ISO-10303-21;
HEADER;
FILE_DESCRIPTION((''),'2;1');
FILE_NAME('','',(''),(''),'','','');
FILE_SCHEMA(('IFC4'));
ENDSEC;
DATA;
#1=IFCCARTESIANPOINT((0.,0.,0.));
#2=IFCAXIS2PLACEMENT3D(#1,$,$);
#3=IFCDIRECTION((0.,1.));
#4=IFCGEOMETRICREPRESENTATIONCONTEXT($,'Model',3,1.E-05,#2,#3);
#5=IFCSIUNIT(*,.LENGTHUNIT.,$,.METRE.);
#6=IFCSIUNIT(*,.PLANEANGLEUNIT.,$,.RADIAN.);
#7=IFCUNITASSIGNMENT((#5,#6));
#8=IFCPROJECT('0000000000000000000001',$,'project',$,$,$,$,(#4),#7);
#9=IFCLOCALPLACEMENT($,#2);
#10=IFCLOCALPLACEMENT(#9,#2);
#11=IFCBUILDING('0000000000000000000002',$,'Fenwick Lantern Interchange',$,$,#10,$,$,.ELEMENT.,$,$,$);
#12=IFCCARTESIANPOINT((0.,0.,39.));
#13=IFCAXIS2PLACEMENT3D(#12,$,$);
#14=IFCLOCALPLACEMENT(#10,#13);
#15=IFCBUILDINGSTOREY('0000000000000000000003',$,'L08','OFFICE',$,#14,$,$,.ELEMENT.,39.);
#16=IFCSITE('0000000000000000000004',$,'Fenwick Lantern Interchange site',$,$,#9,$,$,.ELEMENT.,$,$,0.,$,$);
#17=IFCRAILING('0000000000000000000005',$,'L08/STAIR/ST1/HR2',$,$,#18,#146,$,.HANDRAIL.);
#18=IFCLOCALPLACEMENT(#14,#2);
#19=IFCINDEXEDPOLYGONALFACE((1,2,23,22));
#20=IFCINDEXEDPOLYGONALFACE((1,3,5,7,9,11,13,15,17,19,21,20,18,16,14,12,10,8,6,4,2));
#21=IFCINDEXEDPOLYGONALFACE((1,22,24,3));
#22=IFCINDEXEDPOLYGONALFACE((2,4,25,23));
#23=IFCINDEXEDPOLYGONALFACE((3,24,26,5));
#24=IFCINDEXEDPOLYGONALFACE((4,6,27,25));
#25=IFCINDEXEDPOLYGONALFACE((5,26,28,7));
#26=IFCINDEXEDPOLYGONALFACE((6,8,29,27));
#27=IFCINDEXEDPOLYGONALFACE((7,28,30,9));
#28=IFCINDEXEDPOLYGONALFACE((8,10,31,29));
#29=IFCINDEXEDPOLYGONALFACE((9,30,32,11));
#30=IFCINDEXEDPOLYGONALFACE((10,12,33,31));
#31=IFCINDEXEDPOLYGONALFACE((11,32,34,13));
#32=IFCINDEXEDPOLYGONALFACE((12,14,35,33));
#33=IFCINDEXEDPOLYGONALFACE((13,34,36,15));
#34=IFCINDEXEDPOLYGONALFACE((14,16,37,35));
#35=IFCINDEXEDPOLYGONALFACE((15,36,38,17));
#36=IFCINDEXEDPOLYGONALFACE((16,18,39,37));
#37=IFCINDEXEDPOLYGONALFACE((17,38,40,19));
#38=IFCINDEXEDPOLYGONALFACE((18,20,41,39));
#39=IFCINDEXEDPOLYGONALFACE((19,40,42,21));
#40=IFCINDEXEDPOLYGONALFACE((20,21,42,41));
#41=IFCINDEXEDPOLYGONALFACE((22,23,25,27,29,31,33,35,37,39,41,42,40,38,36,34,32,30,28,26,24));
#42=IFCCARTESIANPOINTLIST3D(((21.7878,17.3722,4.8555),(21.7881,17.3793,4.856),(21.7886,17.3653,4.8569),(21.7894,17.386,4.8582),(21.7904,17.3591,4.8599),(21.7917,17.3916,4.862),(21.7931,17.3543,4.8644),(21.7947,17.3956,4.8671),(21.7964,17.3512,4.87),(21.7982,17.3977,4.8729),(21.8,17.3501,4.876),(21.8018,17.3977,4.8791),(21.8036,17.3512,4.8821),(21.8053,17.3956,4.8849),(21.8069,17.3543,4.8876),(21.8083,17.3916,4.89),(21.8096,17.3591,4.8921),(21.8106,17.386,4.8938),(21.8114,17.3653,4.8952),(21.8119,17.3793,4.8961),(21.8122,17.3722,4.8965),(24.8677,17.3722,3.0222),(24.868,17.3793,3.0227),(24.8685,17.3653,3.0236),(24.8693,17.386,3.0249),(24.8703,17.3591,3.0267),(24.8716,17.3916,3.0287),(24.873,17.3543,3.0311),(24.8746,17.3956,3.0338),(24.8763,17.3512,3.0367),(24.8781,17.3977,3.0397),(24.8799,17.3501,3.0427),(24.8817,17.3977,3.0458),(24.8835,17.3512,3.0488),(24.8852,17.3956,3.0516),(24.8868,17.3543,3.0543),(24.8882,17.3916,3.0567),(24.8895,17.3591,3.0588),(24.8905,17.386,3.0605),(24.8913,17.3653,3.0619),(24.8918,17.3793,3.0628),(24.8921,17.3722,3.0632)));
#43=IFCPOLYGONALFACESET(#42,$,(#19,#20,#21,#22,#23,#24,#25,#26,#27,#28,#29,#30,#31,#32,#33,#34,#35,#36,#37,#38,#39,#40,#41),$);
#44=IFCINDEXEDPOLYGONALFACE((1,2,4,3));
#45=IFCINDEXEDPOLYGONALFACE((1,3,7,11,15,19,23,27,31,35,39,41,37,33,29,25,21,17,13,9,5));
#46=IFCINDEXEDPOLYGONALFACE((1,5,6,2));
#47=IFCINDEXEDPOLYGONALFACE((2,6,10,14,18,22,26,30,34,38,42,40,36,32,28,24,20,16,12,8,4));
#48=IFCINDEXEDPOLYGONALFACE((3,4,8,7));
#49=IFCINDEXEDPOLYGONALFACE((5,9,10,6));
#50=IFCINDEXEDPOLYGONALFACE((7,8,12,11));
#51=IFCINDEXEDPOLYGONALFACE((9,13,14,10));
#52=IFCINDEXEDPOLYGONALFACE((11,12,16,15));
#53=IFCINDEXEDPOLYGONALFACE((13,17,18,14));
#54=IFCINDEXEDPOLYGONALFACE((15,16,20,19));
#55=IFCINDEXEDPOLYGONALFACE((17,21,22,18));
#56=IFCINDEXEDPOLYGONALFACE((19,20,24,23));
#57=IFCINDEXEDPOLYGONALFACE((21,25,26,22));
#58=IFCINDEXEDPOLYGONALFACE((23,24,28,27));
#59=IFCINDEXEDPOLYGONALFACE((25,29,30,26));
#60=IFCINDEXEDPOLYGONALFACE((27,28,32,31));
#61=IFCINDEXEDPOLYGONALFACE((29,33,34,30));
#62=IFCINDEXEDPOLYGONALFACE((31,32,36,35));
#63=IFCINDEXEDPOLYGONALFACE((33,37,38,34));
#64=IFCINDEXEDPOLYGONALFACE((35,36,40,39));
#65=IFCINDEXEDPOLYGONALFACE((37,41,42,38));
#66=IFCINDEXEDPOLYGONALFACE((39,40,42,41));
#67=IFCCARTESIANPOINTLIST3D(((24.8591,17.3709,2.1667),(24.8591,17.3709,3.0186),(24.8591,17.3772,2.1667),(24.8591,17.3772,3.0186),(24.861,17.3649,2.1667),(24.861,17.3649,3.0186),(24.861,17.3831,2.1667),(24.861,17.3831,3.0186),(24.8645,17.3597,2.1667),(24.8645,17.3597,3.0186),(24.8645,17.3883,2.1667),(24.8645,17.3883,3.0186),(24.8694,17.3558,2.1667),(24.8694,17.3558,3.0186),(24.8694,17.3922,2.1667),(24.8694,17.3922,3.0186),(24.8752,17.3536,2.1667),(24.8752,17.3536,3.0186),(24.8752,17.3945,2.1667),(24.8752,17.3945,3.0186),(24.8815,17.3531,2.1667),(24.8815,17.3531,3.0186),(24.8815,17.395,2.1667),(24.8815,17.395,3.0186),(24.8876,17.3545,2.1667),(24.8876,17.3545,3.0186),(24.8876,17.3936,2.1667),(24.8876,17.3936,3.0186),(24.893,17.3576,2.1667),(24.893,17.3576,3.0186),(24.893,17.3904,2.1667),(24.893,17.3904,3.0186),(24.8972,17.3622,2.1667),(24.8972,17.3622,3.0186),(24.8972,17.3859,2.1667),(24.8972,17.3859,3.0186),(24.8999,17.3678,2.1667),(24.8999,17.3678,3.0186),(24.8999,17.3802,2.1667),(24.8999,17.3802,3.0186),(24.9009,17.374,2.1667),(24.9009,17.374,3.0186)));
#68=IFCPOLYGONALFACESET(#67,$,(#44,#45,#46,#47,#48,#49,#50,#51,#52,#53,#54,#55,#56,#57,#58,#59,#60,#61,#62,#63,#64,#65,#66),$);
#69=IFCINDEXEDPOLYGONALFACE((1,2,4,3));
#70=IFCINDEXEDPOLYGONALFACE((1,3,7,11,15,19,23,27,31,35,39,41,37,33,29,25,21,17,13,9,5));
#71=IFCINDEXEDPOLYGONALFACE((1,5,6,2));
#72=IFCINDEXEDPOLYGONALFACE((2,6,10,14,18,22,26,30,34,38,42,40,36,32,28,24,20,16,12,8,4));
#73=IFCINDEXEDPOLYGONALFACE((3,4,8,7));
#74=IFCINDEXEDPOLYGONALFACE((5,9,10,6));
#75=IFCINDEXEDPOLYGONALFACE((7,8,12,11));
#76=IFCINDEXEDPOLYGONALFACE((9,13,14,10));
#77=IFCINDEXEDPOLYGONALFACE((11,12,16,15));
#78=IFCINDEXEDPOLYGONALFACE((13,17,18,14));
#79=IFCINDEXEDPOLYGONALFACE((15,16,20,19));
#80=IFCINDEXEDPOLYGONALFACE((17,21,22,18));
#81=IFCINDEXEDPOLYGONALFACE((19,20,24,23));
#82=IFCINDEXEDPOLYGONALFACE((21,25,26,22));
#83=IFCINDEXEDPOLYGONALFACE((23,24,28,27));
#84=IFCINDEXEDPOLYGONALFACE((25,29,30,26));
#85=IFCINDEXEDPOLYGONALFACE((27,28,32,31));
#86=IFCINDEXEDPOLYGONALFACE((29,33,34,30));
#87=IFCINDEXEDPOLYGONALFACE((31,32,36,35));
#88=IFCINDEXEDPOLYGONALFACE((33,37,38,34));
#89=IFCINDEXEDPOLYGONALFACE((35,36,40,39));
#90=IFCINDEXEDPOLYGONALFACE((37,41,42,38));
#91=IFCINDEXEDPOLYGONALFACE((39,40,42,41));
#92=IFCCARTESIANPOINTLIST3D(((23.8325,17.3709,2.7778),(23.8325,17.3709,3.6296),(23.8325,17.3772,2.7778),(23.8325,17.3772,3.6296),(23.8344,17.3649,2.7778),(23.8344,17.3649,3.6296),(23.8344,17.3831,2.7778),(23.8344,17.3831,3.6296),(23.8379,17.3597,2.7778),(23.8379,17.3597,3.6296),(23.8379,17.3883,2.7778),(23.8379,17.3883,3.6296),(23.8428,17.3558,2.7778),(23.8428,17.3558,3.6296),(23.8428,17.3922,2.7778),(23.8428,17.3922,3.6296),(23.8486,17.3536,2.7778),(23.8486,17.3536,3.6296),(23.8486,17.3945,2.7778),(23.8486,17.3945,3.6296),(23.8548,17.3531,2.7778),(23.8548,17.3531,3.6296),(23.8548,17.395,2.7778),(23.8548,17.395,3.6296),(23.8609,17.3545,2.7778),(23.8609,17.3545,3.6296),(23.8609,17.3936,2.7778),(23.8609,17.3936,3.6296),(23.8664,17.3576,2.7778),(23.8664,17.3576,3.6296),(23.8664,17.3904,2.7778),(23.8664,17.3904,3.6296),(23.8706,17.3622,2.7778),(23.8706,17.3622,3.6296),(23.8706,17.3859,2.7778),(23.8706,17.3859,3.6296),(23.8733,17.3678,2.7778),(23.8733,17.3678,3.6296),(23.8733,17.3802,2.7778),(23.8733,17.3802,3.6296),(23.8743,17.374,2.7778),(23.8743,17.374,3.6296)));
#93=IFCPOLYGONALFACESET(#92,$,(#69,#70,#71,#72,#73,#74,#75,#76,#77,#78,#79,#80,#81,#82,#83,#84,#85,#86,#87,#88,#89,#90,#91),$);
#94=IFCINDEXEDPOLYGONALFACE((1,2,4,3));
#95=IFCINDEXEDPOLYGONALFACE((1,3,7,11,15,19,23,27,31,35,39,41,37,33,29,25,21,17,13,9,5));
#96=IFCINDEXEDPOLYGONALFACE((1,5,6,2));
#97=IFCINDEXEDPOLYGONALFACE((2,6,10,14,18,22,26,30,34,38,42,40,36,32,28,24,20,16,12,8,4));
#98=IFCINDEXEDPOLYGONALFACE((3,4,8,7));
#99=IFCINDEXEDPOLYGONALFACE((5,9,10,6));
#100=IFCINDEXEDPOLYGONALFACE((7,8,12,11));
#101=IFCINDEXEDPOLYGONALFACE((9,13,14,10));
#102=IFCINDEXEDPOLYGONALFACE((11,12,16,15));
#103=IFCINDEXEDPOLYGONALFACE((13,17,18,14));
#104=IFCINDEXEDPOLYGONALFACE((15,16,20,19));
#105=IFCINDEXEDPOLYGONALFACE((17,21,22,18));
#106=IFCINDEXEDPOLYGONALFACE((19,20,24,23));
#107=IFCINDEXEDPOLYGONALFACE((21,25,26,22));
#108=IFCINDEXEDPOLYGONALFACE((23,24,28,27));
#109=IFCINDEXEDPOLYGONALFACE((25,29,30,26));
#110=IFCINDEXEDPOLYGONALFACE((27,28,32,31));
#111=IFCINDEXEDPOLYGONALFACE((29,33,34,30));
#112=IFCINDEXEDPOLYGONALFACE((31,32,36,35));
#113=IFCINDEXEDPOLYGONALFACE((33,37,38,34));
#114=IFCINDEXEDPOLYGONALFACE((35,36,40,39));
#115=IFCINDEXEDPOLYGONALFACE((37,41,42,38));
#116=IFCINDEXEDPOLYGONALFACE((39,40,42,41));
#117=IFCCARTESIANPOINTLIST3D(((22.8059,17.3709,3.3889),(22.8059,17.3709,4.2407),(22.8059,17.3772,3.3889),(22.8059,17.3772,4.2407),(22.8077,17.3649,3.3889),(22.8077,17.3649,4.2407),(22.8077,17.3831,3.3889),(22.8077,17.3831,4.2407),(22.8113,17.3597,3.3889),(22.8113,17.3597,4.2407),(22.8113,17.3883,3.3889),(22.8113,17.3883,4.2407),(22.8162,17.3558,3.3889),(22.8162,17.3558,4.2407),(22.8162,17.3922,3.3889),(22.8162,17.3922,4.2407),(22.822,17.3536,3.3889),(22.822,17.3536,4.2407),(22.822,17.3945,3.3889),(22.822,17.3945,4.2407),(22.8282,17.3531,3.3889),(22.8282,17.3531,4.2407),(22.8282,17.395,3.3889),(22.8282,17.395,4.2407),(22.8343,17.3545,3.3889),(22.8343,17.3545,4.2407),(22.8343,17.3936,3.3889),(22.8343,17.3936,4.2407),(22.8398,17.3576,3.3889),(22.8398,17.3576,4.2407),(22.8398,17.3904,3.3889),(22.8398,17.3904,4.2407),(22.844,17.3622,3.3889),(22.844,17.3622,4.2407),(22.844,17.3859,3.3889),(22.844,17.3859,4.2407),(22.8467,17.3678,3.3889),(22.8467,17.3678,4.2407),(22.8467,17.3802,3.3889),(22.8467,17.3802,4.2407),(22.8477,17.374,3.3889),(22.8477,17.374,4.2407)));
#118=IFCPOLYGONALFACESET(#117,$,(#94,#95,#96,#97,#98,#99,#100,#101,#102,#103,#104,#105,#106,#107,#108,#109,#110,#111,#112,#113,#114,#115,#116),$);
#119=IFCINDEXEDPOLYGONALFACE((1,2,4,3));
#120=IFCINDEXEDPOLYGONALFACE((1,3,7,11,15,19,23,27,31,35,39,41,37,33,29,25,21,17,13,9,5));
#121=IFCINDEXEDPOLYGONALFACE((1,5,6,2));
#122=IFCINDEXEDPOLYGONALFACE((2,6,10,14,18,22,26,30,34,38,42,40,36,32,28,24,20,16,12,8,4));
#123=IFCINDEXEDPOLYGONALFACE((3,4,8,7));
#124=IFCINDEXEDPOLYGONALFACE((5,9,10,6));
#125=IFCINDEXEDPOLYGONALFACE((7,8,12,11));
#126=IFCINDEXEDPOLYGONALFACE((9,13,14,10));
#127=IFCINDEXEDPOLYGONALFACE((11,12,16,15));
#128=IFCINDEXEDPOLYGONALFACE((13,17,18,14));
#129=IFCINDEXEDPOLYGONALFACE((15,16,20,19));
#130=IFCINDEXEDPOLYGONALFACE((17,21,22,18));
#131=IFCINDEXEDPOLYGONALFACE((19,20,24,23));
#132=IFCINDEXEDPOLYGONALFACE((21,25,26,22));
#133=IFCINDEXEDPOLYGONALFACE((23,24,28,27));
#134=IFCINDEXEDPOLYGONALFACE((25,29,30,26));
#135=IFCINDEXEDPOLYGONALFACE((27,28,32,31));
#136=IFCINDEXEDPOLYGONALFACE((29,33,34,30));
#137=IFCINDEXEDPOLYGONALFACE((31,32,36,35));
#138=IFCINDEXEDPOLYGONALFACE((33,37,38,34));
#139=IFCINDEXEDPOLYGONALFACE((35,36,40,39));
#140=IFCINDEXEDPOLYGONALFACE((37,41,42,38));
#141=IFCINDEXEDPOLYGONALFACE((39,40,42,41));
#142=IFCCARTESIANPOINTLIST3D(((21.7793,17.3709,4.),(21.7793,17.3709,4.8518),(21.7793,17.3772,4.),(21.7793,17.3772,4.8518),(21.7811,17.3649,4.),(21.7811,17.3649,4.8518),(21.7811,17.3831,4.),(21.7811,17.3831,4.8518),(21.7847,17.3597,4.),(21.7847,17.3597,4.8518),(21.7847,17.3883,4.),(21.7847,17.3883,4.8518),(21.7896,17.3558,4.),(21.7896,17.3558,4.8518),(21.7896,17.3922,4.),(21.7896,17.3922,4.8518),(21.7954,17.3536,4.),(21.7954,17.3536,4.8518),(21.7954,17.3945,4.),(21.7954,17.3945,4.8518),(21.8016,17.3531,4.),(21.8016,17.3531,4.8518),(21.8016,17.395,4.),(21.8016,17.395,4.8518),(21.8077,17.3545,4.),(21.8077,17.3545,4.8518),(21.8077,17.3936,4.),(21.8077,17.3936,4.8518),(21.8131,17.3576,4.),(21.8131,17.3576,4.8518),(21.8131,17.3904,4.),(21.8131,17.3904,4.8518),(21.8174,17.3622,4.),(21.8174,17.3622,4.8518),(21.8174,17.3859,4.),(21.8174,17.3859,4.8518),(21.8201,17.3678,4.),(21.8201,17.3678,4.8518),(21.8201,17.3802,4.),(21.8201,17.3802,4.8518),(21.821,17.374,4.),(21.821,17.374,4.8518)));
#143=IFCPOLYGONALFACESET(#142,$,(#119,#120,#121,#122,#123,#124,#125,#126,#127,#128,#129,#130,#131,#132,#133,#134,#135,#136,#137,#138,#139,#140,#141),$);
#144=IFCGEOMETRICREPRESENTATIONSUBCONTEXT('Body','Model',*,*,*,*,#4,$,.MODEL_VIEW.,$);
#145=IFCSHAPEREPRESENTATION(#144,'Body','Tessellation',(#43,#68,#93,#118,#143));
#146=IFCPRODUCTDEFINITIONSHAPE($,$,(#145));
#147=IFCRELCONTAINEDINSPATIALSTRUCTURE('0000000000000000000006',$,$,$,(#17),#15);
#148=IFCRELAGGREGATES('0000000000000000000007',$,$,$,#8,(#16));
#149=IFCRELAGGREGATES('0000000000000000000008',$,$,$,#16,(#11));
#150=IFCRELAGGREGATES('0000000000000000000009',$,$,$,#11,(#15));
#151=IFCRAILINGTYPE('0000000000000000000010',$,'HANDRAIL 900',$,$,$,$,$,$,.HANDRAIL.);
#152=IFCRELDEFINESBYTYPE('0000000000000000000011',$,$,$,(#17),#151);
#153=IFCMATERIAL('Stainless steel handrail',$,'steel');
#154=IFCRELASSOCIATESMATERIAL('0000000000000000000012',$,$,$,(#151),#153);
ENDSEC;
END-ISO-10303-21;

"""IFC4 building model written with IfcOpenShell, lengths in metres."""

from ifc_helpers import new_model, si_unit, direction, frame, origin, origin_2d, place, context, subcontext, project, spatial, circle, extrude, material, type_object, element, save


model = new_model("IFC4")

# Units and contexts
model_context = context("Model", 3, precision=1e-05, world=origin(), true_north=direction((0.0, 1.0)))
body_context = subcontext(model_context, "Body", "Model", "MODEL_VIEW")
ifc_project = project(units=[si_unit("LENGTHUNIT", "METRE"), si_unit("PLANEANGLEUNIT", "RADIAN")], contexts=[model_context])

# Site, building, storey
site_placement = place(None, origin())
site = spatial("IfcSite", under=ifc_project, at=site_placement, Name="Fenwick Lantern Interchange site", CompositionType="ELEMENT", RefElevation=0.0)
building_placement = place(site_placement, origin())
building = spatial("IfcBuilding", under=site, at=building_placement, Name="Fenwick Lantern Interchange", CompositionType="ELEMENT")
storey_placement = place(building_placement, frame((0.0, 0.0, 39.0)))
storey = spatial("IfcBuildingStorey", under=building, at=storey_placement, Name="L08", Description="OFFICE", CompositionType="ELEMENT", Elevation=39.0)

# Railing
ifc_material_1 = material(Name="Stainless steel handrail", Category="steel")
railing_type = type_object("IfcRailingType", Name="HANDRAIL 900", PredefinedType="HANDRAIL", material=ifc_material_1)
railing_1_placement = place(storey_placement, frame((24.8799, 17.374, 2.1667)))
element("IfcRailing", 1, at=railing_1_placement, inside=storey, type_object=railing_type, Name="L08/STAIR/ST1/HR2", PredefinedType="HANDRAIL", context=body_context, shape_type="SweptSolid", body=[
    extrude(circle(Radius=0.0239, at=origin_2d()), frame((0.0, 0.0, 0.876), z_axis=(-0.859291, 0.0, 0.511487), x_axis=(0.0, -1.0, 0.0)), (0.0, 0.0, 1.0), 3.5842),
    extrude(circle(Radius=0.021, at=origin_2d()), origin(), (0.0, 0.0, 1.0), 0.8518),
    extrude(circle(Radius=0.021, at=origin_2d()), frame((-1.0266, 0.0, 0.6111)), (0.0, 0.0, 1.0), 0.8518),
    extrude(circle(Radius=0.021, at=origin_2d()), frame((-2.0532, 0.0, 1.2222)), (0.0, 0.0, 1.0), 0.8518),
    extrude(circle(Radius=0.021, at=origin_2d()), frame((-3.0798, 0.0, 1.8333)), (0.0, 0.0, 1.0), 0.8518),
])

save(model, "model.ifc")
